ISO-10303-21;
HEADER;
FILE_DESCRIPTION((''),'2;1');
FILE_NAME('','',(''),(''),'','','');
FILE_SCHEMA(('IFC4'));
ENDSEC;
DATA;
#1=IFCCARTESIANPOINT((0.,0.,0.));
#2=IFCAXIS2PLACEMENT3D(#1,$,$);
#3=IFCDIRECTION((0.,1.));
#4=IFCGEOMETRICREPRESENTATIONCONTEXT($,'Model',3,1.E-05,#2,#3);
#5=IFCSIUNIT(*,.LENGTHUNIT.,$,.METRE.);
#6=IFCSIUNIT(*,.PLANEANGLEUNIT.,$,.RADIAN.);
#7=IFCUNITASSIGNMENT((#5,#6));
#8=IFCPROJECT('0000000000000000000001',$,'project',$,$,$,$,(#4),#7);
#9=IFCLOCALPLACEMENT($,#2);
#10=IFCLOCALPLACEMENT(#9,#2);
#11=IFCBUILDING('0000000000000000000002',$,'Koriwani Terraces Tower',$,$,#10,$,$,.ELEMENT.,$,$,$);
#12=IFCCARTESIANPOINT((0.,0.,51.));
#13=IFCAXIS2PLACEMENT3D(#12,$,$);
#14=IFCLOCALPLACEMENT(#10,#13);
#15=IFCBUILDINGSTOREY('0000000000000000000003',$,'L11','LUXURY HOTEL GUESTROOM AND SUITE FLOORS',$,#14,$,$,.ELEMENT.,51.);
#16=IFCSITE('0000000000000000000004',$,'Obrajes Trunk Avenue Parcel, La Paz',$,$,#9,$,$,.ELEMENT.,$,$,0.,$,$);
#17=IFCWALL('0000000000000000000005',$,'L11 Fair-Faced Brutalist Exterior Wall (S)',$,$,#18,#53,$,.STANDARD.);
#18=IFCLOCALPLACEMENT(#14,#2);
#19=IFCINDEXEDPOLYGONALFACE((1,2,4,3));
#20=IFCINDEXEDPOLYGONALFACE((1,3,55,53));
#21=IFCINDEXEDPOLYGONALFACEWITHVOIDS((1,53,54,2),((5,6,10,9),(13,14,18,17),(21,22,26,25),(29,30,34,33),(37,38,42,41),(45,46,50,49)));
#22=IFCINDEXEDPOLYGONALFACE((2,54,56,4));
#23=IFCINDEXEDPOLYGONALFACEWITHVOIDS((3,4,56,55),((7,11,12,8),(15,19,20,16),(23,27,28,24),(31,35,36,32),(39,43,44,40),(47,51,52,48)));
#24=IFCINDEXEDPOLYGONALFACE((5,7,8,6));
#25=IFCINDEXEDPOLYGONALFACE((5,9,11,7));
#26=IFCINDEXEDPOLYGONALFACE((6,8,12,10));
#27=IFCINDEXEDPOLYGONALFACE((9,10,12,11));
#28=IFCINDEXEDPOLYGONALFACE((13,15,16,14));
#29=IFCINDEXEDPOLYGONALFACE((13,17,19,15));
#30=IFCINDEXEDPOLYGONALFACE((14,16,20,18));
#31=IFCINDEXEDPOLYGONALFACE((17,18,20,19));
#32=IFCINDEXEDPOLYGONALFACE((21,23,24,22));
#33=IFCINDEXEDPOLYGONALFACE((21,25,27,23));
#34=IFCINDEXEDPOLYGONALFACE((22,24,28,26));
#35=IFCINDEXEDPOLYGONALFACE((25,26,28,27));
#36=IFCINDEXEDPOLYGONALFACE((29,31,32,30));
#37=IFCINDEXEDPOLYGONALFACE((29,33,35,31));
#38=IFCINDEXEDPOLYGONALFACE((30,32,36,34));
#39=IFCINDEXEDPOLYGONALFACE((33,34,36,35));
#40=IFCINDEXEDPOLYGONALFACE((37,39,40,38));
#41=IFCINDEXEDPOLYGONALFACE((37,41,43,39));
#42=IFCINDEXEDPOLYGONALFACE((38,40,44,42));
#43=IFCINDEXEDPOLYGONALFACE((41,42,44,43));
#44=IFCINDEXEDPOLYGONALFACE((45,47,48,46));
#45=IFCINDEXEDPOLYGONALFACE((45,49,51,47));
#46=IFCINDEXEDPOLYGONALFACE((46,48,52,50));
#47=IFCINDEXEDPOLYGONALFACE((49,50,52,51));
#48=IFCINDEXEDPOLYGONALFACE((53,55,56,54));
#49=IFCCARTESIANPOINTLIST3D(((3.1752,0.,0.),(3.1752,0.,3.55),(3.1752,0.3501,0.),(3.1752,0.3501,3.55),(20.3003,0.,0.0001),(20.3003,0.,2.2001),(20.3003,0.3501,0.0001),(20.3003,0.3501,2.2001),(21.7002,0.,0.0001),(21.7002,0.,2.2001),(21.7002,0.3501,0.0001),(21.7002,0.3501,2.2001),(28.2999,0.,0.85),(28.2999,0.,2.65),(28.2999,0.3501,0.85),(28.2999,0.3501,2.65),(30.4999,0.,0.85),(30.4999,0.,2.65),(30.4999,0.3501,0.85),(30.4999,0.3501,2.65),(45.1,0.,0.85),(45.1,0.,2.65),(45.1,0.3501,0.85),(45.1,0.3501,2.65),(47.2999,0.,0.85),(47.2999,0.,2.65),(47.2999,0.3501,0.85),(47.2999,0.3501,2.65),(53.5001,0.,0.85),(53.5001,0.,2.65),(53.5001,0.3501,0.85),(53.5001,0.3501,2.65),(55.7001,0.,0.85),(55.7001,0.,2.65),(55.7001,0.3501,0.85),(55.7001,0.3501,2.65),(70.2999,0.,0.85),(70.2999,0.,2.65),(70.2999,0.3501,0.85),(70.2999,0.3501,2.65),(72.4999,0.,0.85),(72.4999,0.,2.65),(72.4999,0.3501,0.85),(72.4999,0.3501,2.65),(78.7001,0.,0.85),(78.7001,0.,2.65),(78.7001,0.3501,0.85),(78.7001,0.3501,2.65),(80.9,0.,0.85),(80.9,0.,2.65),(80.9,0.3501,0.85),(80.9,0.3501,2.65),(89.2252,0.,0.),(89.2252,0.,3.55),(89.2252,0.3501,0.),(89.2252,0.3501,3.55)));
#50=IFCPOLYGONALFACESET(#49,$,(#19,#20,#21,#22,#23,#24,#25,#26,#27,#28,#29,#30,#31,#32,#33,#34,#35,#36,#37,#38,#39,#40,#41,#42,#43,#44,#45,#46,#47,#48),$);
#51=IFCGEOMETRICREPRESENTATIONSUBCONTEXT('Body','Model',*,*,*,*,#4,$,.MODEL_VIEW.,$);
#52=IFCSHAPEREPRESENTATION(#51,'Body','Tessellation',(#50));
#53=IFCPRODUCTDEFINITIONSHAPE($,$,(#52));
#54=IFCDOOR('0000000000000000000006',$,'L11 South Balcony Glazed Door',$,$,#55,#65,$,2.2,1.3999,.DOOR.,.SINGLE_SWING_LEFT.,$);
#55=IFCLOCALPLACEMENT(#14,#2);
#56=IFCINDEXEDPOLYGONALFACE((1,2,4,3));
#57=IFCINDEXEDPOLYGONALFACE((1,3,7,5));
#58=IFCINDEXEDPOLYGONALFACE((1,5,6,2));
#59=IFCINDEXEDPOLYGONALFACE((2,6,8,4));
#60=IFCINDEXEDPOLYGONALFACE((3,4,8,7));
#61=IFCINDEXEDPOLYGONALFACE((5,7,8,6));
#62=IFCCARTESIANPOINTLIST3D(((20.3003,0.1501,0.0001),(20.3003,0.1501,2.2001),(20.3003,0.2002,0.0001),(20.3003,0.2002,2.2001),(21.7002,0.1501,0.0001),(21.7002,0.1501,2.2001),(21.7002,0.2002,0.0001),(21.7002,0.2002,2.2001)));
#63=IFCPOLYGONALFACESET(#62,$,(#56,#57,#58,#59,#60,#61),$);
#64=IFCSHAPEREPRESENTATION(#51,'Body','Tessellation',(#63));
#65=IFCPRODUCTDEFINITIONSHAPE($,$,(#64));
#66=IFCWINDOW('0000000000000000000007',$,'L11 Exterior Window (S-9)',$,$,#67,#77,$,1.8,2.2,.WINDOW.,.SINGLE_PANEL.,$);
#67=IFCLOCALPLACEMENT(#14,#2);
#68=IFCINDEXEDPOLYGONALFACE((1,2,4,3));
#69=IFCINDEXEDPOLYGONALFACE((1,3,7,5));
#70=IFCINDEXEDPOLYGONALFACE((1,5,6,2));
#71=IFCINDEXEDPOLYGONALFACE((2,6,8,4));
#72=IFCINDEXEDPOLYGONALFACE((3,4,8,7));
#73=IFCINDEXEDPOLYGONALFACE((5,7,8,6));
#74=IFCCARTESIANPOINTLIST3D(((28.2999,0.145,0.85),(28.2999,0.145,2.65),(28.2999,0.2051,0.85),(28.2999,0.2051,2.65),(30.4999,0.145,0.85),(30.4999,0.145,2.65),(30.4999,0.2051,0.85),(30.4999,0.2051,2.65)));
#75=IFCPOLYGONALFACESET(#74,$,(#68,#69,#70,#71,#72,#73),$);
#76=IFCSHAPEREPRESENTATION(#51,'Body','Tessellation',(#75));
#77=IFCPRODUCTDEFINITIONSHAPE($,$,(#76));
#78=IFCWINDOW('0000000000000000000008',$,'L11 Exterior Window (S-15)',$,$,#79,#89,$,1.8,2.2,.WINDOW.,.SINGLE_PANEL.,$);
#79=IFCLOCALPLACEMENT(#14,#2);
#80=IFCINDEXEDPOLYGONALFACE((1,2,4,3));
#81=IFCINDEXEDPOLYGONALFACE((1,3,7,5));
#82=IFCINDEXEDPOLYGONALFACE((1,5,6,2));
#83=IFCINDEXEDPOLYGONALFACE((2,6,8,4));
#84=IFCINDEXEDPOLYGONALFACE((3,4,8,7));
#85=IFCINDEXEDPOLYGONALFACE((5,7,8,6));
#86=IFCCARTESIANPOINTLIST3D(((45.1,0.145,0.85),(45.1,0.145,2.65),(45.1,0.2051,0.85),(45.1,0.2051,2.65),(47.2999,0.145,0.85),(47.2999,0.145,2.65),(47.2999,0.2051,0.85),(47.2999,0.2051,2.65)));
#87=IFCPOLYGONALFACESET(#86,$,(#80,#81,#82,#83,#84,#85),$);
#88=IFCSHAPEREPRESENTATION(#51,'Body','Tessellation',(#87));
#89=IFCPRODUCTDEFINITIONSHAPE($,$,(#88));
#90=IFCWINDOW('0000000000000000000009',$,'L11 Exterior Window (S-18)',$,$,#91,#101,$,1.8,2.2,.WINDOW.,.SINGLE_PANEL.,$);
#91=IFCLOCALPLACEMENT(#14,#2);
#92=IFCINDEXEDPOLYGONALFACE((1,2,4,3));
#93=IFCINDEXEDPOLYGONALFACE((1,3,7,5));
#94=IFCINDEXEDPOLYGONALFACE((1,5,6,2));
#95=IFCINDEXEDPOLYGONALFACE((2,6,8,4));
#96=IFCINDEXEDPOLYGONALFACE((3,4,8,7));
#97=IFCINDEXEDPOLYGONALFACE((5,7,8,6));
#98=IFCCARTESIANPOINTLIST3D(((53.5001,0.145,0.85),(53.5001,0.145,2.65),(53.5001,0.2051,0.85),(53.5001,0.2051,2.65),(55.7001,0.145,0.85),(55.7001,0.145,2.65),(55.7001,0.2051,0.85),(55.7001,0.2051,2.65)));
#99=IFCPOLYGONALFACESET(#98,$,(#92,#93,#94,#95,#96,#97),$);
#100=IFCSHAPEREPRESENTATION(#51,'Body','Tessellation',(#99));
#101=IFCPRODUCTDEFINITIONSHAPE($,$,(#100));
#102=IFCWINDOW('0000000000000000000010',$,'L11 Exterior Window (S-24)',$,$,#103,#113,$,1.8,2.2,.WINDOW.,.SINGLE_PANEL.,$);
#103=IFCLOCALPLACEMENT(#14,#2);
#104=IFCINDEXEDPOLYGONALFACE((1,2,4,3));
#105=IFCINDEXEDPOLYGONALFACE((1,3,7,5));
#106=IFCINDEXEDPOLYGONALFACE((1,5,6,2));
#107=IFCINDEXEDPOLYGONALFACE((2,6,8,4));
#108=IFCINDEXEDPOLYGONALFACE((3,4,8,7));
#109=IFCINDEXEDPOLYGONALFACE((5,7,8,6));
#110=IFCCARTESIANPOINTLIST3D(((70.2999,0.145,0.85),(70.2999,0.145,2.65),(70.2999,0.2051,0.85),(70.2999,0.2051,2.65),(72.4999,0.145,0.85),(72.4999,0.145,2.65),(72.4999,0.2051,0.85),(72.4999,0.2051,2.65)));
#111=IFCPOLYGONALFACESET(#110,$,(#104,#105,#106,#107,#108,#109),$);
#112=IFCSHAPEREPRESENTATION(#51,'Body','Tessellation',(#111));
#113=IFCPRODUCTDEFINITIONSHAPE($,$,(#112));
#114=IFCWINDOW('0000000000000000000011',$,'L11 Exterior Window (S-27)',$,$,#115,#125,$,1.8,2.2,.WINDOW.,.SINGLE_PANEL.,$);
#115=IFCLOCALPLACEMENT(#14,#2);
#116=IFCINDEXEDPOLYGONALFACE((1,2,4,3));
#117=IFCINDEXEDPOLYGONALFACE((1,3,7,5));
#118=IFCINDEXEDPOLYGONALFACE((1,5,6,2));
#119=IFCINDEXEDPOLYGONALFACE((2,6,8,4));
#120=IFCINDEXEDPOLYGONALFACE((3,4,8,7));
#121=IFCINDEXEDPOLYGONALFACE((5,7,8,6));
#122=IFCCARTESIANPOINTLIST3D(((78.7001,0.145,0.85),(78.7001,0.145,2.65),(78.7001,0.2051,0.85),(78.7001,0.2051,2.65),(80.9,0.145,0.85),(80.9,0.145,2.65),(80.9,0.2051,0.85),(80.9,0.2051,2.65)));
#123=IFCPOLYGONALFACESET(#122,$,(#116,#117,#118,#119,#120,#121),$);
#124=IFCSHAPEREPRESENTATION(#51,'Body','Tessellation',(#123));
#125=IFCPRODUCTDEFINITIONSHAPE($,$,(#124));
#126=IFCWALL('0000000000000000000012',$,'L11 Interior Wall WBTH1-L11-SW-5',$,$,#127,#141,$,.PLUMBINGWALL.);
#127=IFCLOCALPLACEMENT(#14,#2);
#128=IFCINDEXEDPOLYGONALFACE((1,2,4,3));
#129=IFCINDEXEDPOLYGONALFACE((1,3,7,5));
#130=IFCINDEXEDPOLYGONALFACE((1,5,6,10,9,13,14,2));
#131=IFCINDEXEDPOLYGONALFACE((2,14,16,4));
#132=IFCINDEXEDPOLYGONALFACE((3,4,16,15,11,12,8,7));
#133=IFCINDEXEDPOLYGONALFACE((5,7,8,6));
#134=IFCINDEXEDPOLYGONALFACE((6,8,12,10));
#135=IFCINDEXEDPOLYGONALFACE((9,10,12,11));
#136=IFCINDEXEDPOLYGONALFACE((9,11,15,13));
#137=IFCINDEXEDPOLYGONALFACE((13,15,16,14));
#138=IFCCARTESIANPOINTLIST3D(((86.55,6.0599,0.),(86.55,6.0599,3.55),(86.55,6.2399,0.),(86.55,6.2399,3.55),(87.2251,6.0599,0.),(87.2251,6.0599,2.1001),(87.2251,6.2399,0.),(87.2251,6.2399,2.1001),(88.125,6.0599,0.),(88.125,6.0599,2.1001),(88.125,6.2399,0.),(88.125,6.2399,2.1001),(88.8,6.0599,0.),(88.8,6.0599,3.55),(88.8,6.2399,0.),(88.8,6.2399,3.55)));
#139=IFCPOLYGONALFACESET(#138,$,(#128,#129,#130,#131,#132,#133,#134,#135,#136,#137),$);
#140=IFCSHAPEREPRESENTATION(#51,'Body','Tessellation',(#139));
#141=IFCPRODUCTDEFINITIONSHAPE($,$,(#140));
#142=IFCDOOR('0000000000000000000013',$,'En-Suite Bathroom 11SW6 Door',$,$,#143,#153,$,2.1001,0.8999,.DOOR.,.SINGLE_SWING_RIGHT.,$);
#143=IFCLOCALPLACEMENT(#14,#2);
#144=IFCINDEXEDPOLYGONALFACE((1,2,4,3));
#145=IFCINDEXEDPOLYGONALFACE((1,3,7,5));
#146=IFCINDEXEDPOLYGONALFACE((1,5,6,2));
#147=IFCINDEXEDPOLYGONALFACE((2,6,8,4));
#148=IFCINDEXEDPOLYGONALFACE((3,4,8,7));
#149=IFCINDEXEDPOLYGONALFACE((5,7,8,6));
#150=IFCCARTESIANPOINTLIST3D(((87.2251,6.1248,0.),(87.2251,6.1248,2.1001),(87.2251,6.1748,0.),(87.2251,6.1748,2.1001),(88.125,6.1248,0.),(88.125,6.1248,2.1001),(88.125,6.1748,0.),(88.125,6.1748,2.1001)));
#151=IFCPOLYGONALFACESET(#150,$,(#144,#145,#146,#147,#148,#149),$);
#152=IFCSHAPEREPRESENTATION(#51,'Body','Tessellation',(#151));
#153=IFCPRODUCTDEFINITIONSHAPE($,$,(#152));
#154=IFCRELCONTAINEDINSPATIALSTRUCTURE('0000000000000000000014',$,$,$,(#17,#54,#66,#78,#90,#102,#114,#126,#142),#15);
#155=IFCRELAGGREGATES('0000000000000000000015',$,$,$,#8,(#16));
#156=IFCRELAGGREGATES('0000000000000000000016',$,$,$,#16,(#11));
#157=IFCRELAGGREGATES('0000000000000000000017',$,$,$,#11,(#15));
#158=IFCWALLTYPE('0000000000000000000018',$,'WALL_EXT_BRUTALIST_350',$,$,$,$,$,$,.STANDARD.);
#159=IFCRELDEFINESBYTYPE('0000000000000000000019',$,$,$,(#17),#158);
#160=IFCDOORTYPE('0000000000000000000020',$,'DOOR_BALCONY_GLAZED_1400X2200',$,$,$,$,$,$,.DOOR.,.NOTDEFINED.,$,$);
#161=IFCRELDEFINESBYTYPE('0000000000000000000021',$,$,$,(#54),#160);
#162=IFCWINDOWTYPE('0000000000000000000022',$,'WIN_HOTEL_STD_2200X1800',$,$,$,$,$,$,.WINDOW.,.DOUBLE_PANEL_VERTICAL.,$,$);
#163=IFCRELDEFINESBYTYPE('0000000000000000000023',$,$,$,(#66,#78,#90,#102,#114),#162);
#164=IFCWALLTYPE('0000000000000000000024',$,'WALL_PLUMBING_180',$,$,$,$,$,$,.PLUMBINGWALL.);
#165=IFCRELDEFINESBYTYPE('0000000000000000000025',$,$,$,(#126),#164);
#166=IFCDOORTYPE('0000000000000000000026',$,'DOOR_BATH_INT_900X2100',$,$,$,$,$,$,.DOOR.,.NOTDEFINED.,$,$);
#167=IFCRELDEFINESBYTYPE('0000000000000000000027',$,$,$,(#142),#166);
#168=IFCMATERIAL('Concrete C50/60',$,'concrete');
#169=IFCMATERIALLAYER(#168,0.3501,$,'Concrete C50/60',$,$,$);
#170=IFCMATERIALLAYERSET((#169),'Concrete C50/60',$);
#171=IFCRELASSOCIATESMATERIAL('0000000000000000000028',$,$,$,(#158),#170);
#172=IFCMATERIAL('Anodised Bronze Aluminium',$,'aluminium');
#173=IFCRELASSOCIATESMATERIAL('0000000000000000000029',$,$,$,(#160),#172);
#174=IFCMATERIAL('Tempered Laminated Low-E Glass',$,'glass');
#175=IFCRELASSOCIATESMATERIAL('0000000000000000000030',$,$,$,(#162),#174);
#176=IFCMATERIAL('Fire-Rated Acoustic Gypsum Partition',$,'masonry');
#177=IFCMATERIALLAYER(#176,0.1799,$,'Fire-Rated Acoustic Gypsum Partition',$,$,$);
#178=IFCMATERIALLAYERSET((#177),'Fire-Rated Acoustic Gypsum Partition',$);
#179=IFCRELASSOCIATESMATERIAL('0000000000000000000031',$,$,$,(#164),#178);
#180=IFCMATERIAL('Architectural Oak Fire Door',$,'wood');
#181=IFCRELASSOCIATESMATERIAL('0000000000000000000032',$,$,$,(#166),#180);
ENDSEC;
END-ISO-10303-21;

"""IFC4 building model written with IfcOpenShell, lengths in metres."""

from ifc_helpers import new_model, si_unit, direction, frame, frame_2d, origin, place, context, subcontext, project, spatial, rectangle, extrude, material, layer, layer_set, type_object, element, fill, save


model = new_model("IFC4")

# Units and contexts
model_context = context("Model", 3, precision=1e-05, world=origin(), true_north=direction((0.0, 1.0)))
body_context = subcontext(model_context, "Body", "Model", "MODEL_VIEW")
ifc_project = project(units=[si_unit("LENGTHUNIT", "METRE"), si_unit("PLANEANGLEUNIT", "RADIAN")], contexts=[model_context])

# Site, building, storey
site_placement = place(None, origin())
site = spatial("IfcSite", under=ifc_project, at=site_placement, Name="Obrajes Trunk Avenue Parcel, La Paz", CompositionType="ELEMENT", RefElevation=0.0)
building_placement = place(site_placement, origin())
building = spatial("IfcBuilding", under=site, at=building_placement, Name="Koriwani Terraces Tower", CompositionType="ELEMENT")
storey_placement = place(building_placement, frame((0.0, 0.0, 51.0)))
storey = spatial("IfcBuildingStorey", under=building, at=storey_placement, Name="L11", Description="LUXURY HOTEL GUESTROOM AND SUITE FLOORS", CompositionType="ELEMENT", Elevation=51.0)

# Shared definitions
ifc_material_1 = material(Name="Concrete C50/60", Category="concrete")

# Shared definitions
ifc_layer_1 = layer(ifc_material_1, 0.3501, Name="Concrete C50/60")
ifc_layer_set_1 = layer_set([ifc_layer_1], Name="Concrete C50/60")
wall_type_1 = type_object("IfcWallType", Name="WALL_EXT_BRUTALIST_350", PredefinedType="STANDARD", material=ifc_layer_set_1)

# Shared definitions
ifc_material_2 = material(Name="Tempered Laminated Low-E Glass", Category="glass")

# Wall, openings, door, windows
wall_1_placement = place(storey_placement, frame((89.2251, 0.175, 0.0), z_axis=(0.0, 0.0, 1.0), x_axis=(-1.0, 0.0, 0.0)))
wall_1 = element("IfcWall", 1, at=wall_1_placement, inside=storey, type_object=wall_type_1, Name="L11 Fair-Faced Brutalist Exterior Wall (S)", PredefinedType="STANDARD", context=body_context, shape_type="SweptSolid", body=[
    extrude(rectangle(XDim=86.05, YDim=0.3501, at=frame_2d((43.0249, 0.0))), origin(), (0.0, 0.0, 1.0), 3.55),
])
opening_1_placement = place(wall_1_placement, frame((67.5249, 0.0, 0.0)))
opening_1 = element("IfcOpeningElement", 2, at=opening_1_placement, cuts=wall_1, PredefinedType="OPENING", context=body_context, shape_type="SweptSolid", body=[
    extrude(rectangle(XDim=1.3999, YDim=2.2, at=frame_2d((0.7, 1.1001))), frame((0.0, 0.1851, 0.0), z_axis=(0.0, -1.0, 0.0), x_axis=(1.0, 0.0, 0.0)), (0.0, 0.0, 1.0), 0.3701),
])
opening_2_placement = place(wall_1_placement, frame((58.7251, 0.0, 0.8501)))
opening_2 = element("IfcOpeningElement", 3, at=opening_2_placement, cuts=wall_1, PredefinedType="OPENING", context=body_context, shape_type="SweptSolid", body=[
    extrude(rectangle(XDim=2.2, YDim=1.8, at=frame_2d((1.1001, 0.8999))), frame((0.0, 0.1851, 0.0), z_axis=(0.0, -1.0, 0.0), x_axis=(1.0, 0.0, 0.0)), (0.0, 0.0, 1.0), 0.3701),
])
opening_3_placement = place(wall_1_placement, frame((41.925, 0.0, 0.8501)))
opening_3 = element("IfcOpeningElement", 4, at=opening_3_placement, cuts=wall_1, PredefinedType="OPENING", context=body_context, shape_type="SweptSolid", body=[
    extrude(rectangle(XDim=2.2, YDim=1.8, at=frame_2d((1.1001, 0.8999))), frame((0.0, 0.1851, 0.0), z_axis=(0.0, -1.0, 0.0), x_axis=(1.0, 0.0, 0.0)), (0.0, 0.0, 1.0), 0.3701),
])
opening_4_placement = place(wall_1_placement, frame((33.5249, 0.0, 0.8501)))
opening_4 = element("IfcOpeningElement", 5, at=opening_4_placement, cuts=wall_1, PredefinedType="OPENING", context=body_context, shape_type="SweptSolid", body=[
    extrude(rectangle(XDim=2.2, YDim=1.8, at=frame_2d((1.1001, 0.8999))), frame((0.0, 0.1851, 0.0), z_axis=(0.0, -1.0, 0.0), x_axis=(1.0, 0.0, 0.0)), (0.0, 0.0, 1.0), 0.3701),
])
opening_5_placement = place(wall_1_placement, frame((16.7251, 0.0, 0.8501)))
opening_5 = element("IfcOpeningElement", 6, at=opening_5_placement, cuts=wall_1, PredefinedType="OPENING", context=body_context, shape_type="SweptSolid", body=[
    extrude(rectangle(XDim=2.2, YDim=1.8, at=frame_2d((1.1001, 0.8999))), frame((0.0, 0.1851, 0.0), z_axis=(0.0, -1.0, 0.0), x_axis=(1.0, 0.0, 0.0)), (0.0, 0.0, 1.0), 0.3701),
])
opening_6_placement = place(wall_1_placement, frame((8.325, 0.0, 0.8501)))
opening_6 = element("IfcOpeningElement", 7, at=opening_6_placement, cuts=wall_1, PredefinedType="OPENING", context=body_context, shape_type="SweptSolid", body=[
    extrude(rectangle(XDim=2.2, YDim=1.8, at=frame_2d((1.1001, 0.8999))), frame((0.0, 0.1851, 0.0), z_axis=(0.0, -1.0, 0.0), x_axis=(1.0, 0.0, 0.0)), (0.0, 0.0, 1.0), 0.3701),
])
ifc_material_3 = material(Name="Anodised Bronze Aluminium", Category="aluminium")
door_type_1 = type_object("IfcDoorType", Name="DOOR_BALCONY_GLAZED_1400X2200", OperationType="NOTDEFINED", PredefinedType="DOOR", material=ifc_material_3)
door_1_placement = place(opening_1_placement, origin())
door_1 = element("IfcDoor", 8, at=door_1_placement, inside=storey, type_object=door_type_1, Name="L11 South Balcony Glazed Door", OperationType="SINGLE_SWING_LEFT", OverallHeight=2.2, OverallWidth=1.3999, PredefinedType="DOOR", context=body_context, shape_type="SweptSolid", body=[
    extrude(rectangle(XDim=1.3999, YDim=2.2, at=frame_2d((0.7, 1.1001))), frame((0.0, 0.0249, 0.0), z_axis=(0.0, -1.0, 0.0), x_axis=(1.0, 0.0, 0.0)), (0.0, 0.0, 1.0), 0.05),
])
fill(opening_1, door_1)
window_type_1 = type_object("IfcWindowType", Name="WIN_HOTEL_STD_2200X1800", PartitioningType="DOUBLE_PANEL_VERTICAL", PredefinedType="WINDOW", material=ifc_material_2)
window_1_placement = place(opening_2_placement, origin())
window_1 = element("IfcWindow", 9, at=window_1_placement, inside=storey, type_object=window_type_1, Name="L11 Exterior Window (S-9)", OverallHeight=1.8, OverallWidth=2.2, PartitioningType="SINGLE_PANEL", PredefinedType="WINDOW", context=body_context, shape_type="SweptSolid", body=[
    extrude(rectangle(XDim=2.2, YDim=1.8, at=frame_2d((1.1001, 0.8999))), frame((0.0, 0.03, 0.0), z_axis=(0.0, -1.0, 0.0), x_axis=(1.0, 0.0, 0.0)), (0.0, 0.0, 1.0), 0.0601),
])
fill(opening_2, window_1)
window_2_placement = place(opening_3_placement, origin())
window_2 = element("IfcWindow", 10, at=window_2_placement, inside=storey, type_object=window_type_1, Name="L11 Exterior Window (S-15)", OverallHeight=1.8, OverallWidth=2.2, PartitioningType="SINGLE_PANEL", PredefinedType="WINDOW", context=body_context, shape_type="SweptSolid", body=[
    extrude(rectangle(XDim=2.2, YDim=1.8, at=frame_2d((1.1001, 0.8999))), frame((0.0, 0.03, 0.0), z_axis=(0.0, -1.0, 0.0), x_axis=(1.0, 0.0, 0.0)), (0.0, 0.0, 1.0), 0.0601),
])
fill(opening_3, window_2)
window_3_placement = place(opening_4_placement, origin())
window_3 = element("IfcWindow", 11, at=window_3_placement, inside=storey, type_object=window_type_1, Name="L11 Exterior Window (S-18)", OverallHeight=1.8, OverallWidth=2.2, PartitioningType="SINGLE_PANEL", PredefinedType="WINDOW", context=body_context, shape_type="SweptSolid", body=[
    extrude(rectangle(XDim=2.2, YDim=1.8, at=frame_2d((1.1001, 0.8999))), frame((0.0, 0.03, 0.0), z_axis=(0.0, -1.0, 0.0), x_axis=(1.0, 0.0, 0.0)), (0.0, 0.0, 1.0), 0.0601),
])
fill(opening_4, window_3)
window_4_placement = place(opening_5_placement, origin())
window_4 = element("IfcWindow", 12, at=window_4_placement, inside=storey, type_object=window_type_1, Name="L11 Exterior Window (S-24)", OverallHeight=1.8, OverallWidth=2.2, PartitioningType="SINGLE_PANEL", PredefinedType="WINDOW", context=body_context, shape_type="SweptSolid", body=[
    extrude(rectangle(XDim=2.2, YDim=1.8, at=frame_2d((1.1001, 0.8999))), frame((0.0, 0.03, 0.0), z_axis=(0.0, -1.0, 0.0), x_axis=(1.0, 0.0, 0.0)), (0.0, 0.0, 1.0), 0.0601),
])
fill(opening_5, window_4)
window_5_placement = place(opening_6_placement, origin())
window_5 = element("IfcWindow", 13, at=window_5_placement, inside=storey, type_object=window_type_1, Name="L11 Exterior Window (S-27)", OverallHeight=1.8, OverallWidth=2.2, PartitioningType="SINGLE_PANEL", PredefinedType="WINDOW", context=body_context, shape_type="SweptSolid", body=[
    extrude(rectangle(XDim=2.2, YDim=1.8, at=frame_2d((1.1001, 0.8999))), frame((0.0, 0.03, 0.0), z_axis=(0.0, -1.0, 0.0), x_axis=(1.0, 0.0, 0.0)), (0.0, 0.0, 1.0), 0.0601),
])
fill(opening_6, window_5)

# Wall, opening, door
ifc_material_4 = material(Name="Fire-Rated Acoustic Gypsum Partition", Category="masonry")
ifc_layer_2 = layer(ifc_material_4, 0.1799, Name="Fire-Rated Acoustic Gypsum Partition")
ifc_layer_set_2 = layer_set([ifc_layer_2], Name="Fire-Rated Acoustic Gypsum Partition")
wall_type_2 = type_object("IfcWallType", Name="WALL_PLUMBING_180", PredefinedType="PLUMBINGWALL", material=ifc_layer_set_2)
wall_2_placement = place(storey_placement, frame((86.55, 6.1499, 0.0), z_axis=(0.0, 0.0, 1.0), x_axis=(1.0, 0.0, 0.0)))
wall_2 = element("IfcWall", 14, at=wall_2_placement, inside=storey, type_object=wall_type_2, Name="L11 Interior Wall WBTH1-L11-SW-5", PredefinedType="PLUMBINGWALL", context=body_context, shape_type="SweptSolid", body=[
    extrude(rectangle(XDim=2.25, YDim=0.1799, at=frame_2d((1.125, 0.0))), origin(), (0.0, 0.0, 1.0), 3.55),
])
opening_7_placement = place(wall_2_placement, frame((0.675, 0.0, 0.0)))
opening_7 = element("IfcOpeningElement", 15, at=opening_7_placement, cuts=wall_2, PredefinedType="OPENING", context=body_context, shape_type="SweptSolid", body=[
    extrude(rectangle(XDim=0.8999, YDim=2.1001, at=frame_2d((0.45, 1.05))), frame((0.0, 0.1001, 0.0), z_axis=(0.0, -1.0, 0.0), x_axis=(1.0, 0.0, 0.0)), (0.0, 0.0, 1.0), 0.2),
])
ifc_material_5 = material(Name="Architectural Oak Fire Door", Category="wood")
door_type_2 = type_object("IfcDoorType", Name="DOOR_BATH_INT_900X2100", OperationType="NOTDEFINED", PredefinedType="DOOR", material=ifc_material_5)
door_2_placement = place(opening_7_placement, origin())
door_2 = element("IfcDoor", 16, at=door_2_placement, inside=storey, type_object=door_type_2, Name="En-Suite Bathroom 11SW6 Door", OperationType="SINGLE_SWING_RIGHT", OverallHeight=2.1001, OverallWidth=0.8999, PredefinedType="DOOR", context=body_context, shape_type="SweptSolid", body=[
    extrude(rectangle(XDim=0.8999, YDim=2.1001, at=frame_2d((0.45, 1.05))), frame((0.0, 0.0249, 0.0), z_axis=(0.0, -1.0, 0.0), x_axis=(1.0, 0.0, 0.0)), (0.0, 0.0, 1.0), 0.05),
])
fill(opening_7, door_2)

save(model, "model.ifc")
